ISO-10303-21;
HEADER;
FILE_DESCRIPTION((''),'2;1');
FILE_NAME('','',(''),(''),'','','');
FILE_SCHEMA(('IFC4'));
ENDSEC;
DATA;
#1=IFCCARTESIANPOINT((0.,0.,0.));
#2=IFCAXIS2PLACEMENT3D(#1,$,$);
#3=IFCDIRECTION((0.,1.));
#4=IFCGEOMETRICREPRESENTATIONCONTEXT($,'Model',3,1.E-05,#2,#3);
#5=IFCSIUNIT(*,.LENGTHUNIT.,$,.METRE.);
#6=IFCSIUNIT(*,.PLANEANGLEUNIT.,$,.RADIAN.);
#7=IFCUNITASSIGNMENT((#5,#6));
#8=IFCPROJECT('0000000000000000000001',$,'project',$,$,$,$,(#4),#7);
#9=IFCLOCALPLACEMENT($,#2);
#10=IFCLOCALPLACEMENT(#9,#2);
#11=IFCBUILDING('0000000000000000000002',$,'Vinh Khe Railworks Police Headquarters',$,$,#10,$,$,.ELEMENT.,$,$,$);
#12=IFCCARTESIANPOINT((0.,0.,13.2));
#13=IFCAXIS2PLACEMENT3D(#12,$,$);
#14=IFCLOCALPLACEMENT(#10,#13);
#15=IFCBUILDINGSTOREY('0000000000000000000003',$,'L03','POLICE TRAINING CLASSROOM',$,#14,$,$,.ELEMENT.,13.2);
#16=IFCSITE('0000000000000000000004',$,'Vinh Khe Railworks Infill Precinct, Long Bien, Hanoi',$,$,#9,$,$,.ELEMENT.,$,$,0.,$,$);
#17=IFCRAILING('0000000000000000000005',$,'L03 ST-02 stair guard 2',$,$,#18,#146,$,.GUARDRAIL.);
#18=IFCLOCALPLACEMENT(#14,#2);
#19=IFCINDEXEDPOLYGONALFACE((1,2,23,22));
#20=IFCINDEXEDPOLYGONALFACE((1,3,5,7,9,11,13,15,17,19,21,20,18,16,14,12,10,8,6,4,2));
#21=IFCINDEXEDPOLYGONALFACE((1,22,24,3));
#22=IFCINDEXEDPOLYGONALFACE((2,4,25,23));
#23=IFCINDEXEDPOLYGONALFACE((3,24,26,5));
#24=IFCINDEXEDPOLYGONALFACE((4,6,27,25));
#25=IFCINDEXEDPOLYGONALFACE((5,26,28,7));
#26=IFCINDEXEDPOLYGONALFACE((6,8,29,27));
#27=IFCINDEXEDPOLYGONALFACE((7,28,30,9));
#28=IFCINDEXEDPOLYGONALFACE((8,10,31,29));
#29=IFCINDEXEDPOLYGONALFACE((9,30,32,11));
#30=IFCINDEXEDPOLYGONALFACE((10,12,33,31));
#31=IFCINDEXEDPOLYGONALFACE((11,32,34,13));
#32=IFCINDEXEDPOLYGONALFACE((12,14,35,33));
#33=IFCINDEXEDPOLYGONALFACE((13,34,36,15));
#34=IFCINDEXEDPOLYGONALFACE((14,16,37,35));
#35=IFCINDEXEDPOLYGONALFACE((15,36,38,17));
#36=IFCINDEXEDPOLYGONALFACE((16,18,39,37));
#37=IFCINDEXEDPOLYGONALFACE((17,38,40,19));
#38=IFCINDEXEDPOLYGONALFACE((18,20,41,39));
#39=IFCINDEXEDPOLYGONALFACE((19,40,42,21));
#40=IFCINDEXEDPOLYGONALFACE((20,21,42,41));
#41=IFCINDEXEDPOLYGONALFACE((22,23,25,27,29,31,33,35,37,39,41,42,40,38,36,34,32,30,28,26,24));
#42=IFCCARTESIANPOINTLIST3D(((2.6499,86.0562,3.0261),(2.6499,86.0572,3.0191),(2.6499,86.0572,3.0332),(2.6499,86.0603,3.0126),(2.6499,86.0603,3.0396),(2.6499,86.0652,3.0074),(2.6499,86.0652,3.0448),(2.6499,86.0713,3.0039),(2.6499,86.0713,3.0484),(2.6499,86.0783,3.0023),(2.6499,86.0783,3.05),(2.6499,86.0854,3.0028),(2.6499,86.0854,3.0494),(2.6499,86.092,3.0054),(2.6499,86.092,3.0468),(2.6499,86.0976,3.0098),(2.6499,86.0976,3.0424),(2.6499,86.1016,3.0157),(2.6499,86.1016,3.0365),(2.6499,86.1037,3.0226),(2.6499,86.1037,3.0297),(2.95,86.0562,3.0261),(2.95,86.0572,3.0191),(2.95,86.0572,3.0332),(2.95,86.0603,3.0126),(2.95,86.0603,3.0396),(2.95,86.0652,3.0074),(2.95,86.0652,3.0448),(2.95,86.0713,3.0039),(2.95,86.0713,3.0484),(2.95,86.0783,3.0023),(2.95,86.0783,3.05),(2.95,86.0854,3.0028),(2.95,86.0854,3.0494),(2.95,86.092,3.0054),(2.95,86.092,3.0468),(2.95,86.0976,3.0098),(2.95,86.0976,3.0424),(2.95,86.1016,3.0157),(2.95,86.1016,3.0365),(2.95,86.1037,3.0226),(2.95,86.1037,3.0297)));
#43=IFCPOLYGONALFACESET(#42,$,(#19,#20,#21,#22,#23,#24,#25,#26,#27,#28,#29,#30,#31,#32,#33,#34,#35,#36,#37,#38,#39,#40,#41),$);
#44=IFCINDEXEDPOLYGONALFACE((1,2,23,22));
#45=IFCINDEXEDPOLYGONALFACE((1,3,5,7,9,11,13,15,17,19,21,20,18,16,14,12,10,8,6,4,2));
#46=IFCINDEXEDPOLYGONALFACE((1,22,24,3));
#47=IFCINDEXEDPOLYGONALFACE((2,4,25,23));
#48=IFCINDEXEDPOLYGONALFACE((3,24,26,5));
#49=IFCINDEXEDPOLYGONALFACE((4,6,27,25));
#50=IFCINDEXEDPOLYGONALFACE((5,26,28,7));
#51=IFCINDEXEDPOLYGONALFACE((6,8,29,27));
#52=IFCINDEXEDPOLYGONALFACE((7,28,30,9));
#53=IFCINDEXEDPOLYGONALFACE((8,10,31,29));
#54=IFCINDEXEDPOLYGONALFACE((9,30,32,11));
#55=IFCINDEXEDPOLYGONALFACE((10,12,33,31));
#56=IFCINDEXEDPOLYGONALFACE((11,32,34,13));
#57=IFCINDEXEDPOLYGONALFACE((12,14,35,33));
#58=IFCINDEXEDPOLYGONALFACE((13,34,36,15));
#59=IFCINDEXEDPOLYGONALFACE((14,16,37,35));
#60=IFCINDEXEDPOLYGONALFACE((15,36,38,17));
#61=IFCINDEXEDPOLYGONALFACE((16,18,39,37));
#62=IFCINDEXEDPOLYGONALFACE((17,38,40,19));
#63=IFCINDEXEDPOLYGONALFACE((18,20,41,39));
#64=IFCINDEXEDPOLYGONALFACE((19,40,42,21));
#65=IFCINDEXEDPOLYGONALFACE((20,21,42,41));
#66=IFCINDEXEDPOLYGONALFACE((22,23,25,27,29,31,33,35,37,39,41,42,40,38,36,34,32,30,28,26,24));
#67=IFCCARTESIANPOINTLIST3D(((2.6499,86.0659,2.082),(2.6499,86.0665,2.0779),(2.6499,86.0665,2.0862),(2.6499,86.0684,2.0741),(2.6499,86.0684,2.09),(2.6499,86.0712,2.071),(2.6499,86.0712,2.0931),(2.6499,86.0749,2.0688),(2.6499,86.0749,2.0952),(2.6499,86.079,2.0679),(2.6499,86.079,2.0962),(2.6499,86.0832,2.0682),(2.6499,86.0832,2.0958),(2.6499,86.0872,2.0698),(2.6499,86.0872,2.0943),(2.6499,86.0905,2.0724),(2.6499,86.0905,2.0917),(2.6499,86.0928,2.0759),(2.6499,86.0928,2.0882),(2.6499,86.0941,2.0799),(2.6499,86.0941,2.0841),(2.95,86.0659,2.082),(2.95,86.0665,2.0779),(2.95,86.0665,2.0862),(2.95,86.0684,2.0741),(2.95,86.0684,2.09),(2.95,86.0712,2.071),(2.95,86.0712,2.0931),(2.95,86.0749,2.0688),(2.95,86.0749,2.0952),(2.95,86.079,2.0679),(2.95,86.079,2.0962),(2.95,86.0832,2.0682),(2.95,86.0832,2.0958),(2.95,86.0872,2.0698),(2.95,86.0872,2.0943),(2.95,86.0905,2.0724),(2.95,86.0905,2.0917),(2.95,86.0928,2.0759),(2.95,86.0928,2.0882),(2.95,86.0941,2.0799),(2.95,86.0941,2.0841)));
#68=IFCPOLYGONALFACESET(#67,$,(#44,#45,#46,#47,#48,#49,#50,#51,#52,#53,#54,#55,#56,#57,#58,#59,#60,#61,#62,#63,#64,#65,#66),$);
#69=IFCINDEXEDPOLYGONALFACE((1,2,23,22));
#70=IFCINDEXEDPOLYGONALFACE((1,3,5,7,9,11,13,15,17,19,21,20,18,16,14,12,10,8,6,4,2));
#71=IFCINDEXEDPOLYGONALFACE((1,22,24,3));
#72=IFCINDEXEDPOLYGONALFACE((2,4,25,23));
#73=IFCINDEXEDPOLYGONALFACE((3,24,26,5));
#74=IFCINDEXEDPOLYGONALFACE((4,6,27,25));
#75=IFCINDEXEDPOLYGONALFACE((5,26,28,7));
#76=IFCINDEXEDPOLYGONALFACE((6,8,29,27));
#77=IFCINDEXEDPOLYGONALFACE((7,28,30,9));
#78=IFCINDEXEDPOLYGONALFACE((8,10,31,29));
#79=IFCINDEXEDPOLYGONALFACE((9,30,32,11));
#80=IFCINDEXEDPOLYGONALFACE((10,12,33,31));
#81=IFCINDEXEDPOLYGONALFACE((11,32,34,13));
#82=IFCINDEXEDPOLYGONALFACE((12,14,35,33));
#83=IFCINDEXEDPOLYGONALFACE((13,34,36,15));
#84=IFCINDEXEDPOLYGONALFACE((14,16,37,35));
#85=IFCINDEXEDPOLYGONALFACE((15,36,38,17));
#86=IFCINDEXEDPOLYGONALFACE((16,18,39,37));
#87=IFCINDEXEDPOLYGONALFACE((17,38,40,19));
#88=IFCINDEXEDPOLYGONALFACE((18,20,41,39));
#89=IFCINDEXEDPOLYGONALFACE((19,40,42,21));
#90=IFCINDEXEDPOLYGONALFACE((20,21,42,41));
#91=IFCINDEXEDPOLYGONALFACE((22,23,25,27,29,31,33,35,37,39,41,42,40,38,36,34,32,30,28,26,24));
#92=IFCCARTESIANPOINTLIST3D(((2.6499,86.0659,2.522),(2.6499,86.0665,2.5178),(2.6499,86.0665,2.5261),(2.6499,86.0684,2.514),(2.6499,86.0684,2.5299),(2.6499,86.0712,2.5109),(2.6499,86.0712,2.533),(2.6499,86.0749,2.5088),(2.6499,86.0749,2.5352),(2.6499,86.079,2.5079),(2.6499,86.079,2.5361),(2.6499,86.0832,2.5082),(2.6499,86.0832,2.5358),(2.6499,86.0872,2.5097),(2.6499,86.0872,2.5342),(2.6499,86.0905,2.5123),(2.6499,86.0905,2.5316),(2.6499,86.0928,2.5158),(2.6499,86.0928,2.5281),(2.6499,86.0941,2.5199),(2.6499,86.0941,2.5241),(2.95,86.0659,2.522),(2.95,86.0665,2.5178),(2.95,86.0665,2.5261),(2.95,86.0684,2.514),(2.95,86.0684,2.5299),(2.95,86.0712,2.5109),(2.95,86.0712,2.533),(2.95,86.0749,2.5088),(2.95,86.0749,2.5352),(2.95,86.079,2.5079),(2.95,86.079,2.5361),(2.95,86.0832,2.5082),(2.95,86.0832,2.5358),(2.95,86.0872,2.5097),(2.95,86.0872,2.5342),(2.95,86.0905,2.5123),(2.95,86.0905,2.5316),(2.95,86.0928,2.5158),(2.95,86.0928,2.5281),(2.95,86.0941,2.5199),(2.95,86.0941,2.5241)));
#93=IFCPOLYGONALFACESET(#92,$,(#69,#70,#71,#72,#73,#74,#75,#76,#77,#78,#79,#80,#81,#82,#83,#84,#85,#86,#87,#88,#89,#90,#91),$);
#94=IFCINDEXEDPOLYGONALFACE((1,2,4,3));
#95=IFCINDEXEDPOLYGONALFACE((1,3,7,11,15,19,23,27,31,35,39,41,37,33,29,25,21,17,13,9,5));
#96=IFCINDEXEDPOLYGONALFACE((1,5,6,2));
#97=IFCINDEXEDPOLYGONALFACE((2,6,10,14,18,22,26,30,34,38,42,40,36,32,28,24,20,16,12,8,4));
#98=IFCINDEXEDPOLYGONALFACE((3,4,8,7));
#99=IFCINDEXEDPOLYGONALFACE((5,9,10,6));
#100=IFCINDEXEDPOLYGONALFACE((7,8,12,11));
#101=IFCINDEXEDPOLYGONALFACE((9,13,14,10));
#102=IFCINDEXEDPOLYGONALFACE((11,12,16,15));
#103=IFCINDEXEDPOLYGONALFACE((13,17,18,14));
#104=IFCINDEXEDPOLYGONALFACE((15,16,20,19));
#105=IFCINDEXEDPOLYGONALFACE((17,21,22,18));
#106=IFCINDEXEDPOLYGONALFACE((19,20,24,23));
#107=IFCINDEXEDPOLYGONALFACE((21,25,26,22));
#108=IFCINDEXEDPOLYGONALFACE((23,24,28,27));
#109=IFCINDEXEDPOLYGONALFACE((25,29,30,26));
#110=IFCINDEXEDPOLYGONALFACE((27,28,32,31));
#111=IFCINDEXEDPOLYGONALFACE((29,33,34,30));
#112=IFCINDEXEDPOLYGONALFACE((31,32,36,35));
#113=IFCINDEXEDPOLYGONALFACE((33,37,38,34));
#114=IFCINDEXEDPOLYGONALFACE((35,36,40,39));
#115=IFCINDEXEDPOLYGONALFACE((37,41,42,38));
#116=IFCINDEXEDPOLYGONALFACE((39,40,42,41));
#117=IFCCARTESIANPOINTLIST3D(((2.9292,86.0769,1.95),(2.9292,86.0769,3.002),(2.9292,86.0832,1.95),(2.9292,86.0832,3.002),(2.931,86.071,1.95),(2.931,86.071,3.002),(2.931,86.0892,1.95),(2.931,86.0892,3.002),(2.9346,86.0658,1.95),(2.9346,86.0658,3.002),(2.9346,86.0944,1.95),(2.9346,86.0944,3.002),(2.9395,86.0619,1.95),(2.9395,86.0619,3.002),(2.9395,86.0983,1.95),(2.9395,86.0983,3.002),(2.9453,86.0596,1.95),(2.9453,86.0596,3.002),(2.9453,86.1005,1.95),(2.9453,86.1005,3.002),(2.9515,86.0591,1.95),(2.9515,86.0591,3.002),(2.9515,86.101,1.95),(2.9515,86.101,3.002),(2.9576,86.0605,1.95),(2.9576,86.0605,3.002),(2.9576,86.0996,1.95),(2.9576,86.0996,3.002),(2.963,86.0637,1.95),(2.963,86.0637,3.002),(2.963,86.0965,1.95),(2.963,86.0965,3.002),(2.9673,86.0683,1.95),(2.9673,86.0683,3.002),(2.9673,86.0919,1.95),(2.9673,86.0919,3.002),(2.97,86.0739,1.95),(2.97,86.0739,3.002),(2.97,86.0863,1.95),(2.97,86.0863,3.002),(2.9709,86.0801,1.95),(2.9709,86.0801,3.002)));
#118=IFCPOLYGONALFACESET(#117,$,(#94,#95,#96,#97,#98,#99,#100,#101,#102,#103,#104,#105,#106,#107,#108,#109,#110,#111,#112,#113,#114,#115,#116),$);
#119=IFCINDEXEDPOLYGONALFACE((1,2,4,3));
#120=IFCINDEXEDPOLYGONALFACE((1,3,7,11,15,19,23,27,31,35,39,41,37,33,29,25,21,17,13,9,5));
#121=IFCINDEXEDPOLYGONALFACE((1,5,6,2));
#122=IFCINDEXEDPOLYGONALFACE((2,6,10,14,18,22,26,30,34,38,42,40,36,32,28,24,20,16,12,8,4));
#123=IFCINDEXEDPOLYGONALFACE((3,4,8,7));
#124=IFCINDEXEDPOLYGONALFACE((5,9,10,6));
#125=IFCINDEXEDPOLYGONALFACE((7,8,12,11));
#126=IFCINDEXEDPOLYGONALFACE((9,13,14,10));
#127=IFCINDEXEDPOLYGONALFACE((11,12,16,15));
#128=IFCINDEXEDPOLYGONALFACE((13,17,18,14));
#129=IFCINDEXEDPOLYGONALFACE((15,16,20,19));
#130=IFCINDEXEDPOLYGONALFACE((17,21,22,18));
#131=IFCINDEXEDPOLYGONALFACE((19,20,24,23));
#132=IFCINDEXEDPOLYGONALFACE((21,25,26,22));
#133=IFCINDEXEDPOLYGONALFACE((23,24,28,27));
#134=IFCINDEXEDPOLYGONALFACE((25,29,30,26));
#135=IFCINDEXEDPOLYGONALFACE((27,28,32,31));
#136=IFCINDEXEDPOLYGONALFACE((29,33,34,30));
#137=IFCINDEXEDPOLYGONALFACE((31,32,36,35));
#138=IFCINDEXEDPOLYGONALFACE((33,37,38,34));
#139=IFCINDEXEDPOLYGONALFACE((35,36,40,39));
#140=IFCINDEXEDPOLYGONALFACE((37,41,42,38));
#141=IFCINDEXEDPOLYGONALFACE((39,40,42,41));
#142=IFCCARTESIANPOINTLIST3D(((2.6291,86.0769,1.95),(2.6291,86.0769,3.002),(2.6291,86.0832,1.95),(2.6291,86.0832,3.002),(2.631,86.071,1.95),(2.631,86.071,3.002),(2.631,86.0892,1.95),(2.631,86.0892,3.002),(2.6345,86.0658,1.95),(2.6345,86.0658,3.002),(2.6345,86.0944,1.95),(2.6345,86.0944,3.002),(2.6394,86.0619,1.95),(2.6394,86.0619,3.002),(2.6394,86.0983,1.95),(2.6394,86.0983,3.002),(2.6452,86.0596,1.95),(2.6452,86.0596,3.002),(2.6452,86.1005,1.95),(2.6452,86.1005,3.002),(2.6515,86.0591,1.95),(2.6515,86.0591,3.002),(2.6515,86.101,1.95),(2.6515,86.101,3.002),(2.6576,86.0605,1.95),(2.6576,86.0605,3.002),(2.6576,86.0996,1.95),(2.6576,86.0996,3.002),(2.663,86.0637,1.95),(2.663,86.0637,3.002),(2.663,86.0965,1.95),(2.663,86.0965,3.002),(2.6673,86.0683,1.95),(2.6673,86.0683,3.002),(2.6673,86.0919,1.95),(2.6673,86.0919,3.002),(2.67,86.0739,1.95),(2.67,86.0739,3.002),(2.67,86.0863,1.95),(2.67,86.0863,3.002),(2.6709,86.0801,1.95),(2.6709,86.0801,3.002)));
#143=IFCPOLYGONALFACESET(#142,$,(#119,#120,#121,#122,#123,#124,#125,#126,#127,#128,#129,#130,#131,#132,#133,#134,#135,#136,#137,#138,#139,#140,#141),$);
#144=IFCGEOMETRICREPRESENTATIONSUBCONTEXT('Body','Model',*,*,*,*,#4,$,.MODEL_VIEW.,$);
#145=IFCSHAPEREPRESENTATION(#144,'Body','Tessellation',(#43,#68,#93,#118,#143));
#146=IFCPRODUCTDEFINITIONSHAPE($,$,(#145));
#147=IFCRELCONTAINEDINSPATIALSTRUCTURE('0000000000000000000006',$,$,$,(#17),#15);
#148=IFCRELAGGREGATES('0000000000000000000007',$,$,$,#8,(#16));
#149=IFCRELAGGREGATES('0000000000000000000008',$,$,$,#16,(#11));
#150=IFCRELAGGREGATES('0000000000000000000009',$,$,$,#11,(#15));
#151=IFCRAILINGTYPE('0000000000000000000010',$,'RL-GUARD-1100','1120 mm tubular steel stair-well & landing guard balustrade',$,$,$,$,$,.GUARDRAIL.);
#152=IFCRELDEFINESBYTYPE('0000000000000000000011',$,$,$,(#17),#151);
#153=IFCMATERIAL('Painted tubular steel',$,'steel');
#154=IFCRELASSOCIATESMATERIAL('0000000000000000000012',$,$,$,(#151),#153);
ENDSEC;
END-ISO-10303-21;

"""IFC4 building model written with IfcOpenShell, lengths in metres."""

from ifc_helpers import new_model, si_unit, direction, frame, origin, origin_2d, place, context, subcontext, project, spatial, circle, extrude, material, type_object, element, save


model = new_model("IFC4")

# Units and contexts
model_context = context("Model", 3, precision=1e-05, world=origin(), true_north=direction((0.0, 1.0)))
body_context = subcontext(model_context, "Body", "Model", "MODEL_VIEW")
ifc_project = project(units=[si_unit("LENGTHUNIT", "METRE"), si_unit("PLANEANGLEUNIT", "RADIAN")], contexts=[model_context])

# Site, building, storey
site_placement = place(None, origin())
site = spatial("IfcSite", under=ifc_project, at=site_placement, Name="Vinh Khe Railworks Infill Precinct, Long Bien, Hanoi", CompositionType="ELEMENT", RefElevation=0.0)
building_placement = place(site_placement, origin())
building = spatial("IfcBuilding", under=site, at=building_placement, Name="Vinh Khe Railworks Police Headquarters", CompositionType="ELEMENT")
storey_placement = place(building_placement, frame((0.0, 0.0, 13.2)))
storey = spatial("IfcBuildingStorey", under=building, at=storey_placement, Name="L03", Description="POLICE TRAINING CLASSROOM", CompositionType="ELEMENT", Elevation=13.2)

# Railing
ifc_material_1 = material(Name="Painted tubular steel", Category="steel")
railing_type_1 = type_object("IfcRailingType", Name="RL-GUARD-1100", Description="1120 mm tubular steel stair-well & landing guard balustrade", PredefinedType="GUARDRAIL", material=ifc_material_1)
railing_1_placement = place(storey_placement, frame((2.95, 86.0801, 1.95)))
element("IfcRailing", 1, at=railing_1_placement, inside=storey, type_object=railing_type_1, Name="L03 ST-02 stair guard 2", PredefinedType="GUARDRAIL", context=body_context, shape_type="SweptSolid", body=[
    extrude(circle(Radius=0.0239, at=origin_2d()), frame((0.0, 0.0, 1.0762), z_axis=(-1.0, 0.0, 0.0), x_axis=(0.0, -1.0, 0.0)), (0.0, 0.0, 1.0), 0.3),
    extrude(circle(Radius=0.0142, at=origin_2d()), frame((0.0, 0.0, 0.1321), z_axis=(-1.0, 0.0, 0.0), x_axis=(0.0, -1.0, 0.0)), (0.0, 0.0, 1.0), 0.3),
    extrude(circle(Radius=0.0142, at=origin_2d()), frame((0.0, 0.0, 0.572), z_axis=(-1.0, 0.0, 0.0), x_axis=(0.0, -1.0, 0.0)), (0.0, 0.0, 1.0), 0.3),
    extrude(circle(Radius=0.021, at=origin_2d()), origin(), (0.0, 0.0, 1.0), 1.052),
    extrude(circle(Radius=0.021, at=origin_2d()), frame((-0.3, 0.0, 0.0)), (0.0, 0.0, 1.0), 1.052),
])

save(model, "model.ifc")
